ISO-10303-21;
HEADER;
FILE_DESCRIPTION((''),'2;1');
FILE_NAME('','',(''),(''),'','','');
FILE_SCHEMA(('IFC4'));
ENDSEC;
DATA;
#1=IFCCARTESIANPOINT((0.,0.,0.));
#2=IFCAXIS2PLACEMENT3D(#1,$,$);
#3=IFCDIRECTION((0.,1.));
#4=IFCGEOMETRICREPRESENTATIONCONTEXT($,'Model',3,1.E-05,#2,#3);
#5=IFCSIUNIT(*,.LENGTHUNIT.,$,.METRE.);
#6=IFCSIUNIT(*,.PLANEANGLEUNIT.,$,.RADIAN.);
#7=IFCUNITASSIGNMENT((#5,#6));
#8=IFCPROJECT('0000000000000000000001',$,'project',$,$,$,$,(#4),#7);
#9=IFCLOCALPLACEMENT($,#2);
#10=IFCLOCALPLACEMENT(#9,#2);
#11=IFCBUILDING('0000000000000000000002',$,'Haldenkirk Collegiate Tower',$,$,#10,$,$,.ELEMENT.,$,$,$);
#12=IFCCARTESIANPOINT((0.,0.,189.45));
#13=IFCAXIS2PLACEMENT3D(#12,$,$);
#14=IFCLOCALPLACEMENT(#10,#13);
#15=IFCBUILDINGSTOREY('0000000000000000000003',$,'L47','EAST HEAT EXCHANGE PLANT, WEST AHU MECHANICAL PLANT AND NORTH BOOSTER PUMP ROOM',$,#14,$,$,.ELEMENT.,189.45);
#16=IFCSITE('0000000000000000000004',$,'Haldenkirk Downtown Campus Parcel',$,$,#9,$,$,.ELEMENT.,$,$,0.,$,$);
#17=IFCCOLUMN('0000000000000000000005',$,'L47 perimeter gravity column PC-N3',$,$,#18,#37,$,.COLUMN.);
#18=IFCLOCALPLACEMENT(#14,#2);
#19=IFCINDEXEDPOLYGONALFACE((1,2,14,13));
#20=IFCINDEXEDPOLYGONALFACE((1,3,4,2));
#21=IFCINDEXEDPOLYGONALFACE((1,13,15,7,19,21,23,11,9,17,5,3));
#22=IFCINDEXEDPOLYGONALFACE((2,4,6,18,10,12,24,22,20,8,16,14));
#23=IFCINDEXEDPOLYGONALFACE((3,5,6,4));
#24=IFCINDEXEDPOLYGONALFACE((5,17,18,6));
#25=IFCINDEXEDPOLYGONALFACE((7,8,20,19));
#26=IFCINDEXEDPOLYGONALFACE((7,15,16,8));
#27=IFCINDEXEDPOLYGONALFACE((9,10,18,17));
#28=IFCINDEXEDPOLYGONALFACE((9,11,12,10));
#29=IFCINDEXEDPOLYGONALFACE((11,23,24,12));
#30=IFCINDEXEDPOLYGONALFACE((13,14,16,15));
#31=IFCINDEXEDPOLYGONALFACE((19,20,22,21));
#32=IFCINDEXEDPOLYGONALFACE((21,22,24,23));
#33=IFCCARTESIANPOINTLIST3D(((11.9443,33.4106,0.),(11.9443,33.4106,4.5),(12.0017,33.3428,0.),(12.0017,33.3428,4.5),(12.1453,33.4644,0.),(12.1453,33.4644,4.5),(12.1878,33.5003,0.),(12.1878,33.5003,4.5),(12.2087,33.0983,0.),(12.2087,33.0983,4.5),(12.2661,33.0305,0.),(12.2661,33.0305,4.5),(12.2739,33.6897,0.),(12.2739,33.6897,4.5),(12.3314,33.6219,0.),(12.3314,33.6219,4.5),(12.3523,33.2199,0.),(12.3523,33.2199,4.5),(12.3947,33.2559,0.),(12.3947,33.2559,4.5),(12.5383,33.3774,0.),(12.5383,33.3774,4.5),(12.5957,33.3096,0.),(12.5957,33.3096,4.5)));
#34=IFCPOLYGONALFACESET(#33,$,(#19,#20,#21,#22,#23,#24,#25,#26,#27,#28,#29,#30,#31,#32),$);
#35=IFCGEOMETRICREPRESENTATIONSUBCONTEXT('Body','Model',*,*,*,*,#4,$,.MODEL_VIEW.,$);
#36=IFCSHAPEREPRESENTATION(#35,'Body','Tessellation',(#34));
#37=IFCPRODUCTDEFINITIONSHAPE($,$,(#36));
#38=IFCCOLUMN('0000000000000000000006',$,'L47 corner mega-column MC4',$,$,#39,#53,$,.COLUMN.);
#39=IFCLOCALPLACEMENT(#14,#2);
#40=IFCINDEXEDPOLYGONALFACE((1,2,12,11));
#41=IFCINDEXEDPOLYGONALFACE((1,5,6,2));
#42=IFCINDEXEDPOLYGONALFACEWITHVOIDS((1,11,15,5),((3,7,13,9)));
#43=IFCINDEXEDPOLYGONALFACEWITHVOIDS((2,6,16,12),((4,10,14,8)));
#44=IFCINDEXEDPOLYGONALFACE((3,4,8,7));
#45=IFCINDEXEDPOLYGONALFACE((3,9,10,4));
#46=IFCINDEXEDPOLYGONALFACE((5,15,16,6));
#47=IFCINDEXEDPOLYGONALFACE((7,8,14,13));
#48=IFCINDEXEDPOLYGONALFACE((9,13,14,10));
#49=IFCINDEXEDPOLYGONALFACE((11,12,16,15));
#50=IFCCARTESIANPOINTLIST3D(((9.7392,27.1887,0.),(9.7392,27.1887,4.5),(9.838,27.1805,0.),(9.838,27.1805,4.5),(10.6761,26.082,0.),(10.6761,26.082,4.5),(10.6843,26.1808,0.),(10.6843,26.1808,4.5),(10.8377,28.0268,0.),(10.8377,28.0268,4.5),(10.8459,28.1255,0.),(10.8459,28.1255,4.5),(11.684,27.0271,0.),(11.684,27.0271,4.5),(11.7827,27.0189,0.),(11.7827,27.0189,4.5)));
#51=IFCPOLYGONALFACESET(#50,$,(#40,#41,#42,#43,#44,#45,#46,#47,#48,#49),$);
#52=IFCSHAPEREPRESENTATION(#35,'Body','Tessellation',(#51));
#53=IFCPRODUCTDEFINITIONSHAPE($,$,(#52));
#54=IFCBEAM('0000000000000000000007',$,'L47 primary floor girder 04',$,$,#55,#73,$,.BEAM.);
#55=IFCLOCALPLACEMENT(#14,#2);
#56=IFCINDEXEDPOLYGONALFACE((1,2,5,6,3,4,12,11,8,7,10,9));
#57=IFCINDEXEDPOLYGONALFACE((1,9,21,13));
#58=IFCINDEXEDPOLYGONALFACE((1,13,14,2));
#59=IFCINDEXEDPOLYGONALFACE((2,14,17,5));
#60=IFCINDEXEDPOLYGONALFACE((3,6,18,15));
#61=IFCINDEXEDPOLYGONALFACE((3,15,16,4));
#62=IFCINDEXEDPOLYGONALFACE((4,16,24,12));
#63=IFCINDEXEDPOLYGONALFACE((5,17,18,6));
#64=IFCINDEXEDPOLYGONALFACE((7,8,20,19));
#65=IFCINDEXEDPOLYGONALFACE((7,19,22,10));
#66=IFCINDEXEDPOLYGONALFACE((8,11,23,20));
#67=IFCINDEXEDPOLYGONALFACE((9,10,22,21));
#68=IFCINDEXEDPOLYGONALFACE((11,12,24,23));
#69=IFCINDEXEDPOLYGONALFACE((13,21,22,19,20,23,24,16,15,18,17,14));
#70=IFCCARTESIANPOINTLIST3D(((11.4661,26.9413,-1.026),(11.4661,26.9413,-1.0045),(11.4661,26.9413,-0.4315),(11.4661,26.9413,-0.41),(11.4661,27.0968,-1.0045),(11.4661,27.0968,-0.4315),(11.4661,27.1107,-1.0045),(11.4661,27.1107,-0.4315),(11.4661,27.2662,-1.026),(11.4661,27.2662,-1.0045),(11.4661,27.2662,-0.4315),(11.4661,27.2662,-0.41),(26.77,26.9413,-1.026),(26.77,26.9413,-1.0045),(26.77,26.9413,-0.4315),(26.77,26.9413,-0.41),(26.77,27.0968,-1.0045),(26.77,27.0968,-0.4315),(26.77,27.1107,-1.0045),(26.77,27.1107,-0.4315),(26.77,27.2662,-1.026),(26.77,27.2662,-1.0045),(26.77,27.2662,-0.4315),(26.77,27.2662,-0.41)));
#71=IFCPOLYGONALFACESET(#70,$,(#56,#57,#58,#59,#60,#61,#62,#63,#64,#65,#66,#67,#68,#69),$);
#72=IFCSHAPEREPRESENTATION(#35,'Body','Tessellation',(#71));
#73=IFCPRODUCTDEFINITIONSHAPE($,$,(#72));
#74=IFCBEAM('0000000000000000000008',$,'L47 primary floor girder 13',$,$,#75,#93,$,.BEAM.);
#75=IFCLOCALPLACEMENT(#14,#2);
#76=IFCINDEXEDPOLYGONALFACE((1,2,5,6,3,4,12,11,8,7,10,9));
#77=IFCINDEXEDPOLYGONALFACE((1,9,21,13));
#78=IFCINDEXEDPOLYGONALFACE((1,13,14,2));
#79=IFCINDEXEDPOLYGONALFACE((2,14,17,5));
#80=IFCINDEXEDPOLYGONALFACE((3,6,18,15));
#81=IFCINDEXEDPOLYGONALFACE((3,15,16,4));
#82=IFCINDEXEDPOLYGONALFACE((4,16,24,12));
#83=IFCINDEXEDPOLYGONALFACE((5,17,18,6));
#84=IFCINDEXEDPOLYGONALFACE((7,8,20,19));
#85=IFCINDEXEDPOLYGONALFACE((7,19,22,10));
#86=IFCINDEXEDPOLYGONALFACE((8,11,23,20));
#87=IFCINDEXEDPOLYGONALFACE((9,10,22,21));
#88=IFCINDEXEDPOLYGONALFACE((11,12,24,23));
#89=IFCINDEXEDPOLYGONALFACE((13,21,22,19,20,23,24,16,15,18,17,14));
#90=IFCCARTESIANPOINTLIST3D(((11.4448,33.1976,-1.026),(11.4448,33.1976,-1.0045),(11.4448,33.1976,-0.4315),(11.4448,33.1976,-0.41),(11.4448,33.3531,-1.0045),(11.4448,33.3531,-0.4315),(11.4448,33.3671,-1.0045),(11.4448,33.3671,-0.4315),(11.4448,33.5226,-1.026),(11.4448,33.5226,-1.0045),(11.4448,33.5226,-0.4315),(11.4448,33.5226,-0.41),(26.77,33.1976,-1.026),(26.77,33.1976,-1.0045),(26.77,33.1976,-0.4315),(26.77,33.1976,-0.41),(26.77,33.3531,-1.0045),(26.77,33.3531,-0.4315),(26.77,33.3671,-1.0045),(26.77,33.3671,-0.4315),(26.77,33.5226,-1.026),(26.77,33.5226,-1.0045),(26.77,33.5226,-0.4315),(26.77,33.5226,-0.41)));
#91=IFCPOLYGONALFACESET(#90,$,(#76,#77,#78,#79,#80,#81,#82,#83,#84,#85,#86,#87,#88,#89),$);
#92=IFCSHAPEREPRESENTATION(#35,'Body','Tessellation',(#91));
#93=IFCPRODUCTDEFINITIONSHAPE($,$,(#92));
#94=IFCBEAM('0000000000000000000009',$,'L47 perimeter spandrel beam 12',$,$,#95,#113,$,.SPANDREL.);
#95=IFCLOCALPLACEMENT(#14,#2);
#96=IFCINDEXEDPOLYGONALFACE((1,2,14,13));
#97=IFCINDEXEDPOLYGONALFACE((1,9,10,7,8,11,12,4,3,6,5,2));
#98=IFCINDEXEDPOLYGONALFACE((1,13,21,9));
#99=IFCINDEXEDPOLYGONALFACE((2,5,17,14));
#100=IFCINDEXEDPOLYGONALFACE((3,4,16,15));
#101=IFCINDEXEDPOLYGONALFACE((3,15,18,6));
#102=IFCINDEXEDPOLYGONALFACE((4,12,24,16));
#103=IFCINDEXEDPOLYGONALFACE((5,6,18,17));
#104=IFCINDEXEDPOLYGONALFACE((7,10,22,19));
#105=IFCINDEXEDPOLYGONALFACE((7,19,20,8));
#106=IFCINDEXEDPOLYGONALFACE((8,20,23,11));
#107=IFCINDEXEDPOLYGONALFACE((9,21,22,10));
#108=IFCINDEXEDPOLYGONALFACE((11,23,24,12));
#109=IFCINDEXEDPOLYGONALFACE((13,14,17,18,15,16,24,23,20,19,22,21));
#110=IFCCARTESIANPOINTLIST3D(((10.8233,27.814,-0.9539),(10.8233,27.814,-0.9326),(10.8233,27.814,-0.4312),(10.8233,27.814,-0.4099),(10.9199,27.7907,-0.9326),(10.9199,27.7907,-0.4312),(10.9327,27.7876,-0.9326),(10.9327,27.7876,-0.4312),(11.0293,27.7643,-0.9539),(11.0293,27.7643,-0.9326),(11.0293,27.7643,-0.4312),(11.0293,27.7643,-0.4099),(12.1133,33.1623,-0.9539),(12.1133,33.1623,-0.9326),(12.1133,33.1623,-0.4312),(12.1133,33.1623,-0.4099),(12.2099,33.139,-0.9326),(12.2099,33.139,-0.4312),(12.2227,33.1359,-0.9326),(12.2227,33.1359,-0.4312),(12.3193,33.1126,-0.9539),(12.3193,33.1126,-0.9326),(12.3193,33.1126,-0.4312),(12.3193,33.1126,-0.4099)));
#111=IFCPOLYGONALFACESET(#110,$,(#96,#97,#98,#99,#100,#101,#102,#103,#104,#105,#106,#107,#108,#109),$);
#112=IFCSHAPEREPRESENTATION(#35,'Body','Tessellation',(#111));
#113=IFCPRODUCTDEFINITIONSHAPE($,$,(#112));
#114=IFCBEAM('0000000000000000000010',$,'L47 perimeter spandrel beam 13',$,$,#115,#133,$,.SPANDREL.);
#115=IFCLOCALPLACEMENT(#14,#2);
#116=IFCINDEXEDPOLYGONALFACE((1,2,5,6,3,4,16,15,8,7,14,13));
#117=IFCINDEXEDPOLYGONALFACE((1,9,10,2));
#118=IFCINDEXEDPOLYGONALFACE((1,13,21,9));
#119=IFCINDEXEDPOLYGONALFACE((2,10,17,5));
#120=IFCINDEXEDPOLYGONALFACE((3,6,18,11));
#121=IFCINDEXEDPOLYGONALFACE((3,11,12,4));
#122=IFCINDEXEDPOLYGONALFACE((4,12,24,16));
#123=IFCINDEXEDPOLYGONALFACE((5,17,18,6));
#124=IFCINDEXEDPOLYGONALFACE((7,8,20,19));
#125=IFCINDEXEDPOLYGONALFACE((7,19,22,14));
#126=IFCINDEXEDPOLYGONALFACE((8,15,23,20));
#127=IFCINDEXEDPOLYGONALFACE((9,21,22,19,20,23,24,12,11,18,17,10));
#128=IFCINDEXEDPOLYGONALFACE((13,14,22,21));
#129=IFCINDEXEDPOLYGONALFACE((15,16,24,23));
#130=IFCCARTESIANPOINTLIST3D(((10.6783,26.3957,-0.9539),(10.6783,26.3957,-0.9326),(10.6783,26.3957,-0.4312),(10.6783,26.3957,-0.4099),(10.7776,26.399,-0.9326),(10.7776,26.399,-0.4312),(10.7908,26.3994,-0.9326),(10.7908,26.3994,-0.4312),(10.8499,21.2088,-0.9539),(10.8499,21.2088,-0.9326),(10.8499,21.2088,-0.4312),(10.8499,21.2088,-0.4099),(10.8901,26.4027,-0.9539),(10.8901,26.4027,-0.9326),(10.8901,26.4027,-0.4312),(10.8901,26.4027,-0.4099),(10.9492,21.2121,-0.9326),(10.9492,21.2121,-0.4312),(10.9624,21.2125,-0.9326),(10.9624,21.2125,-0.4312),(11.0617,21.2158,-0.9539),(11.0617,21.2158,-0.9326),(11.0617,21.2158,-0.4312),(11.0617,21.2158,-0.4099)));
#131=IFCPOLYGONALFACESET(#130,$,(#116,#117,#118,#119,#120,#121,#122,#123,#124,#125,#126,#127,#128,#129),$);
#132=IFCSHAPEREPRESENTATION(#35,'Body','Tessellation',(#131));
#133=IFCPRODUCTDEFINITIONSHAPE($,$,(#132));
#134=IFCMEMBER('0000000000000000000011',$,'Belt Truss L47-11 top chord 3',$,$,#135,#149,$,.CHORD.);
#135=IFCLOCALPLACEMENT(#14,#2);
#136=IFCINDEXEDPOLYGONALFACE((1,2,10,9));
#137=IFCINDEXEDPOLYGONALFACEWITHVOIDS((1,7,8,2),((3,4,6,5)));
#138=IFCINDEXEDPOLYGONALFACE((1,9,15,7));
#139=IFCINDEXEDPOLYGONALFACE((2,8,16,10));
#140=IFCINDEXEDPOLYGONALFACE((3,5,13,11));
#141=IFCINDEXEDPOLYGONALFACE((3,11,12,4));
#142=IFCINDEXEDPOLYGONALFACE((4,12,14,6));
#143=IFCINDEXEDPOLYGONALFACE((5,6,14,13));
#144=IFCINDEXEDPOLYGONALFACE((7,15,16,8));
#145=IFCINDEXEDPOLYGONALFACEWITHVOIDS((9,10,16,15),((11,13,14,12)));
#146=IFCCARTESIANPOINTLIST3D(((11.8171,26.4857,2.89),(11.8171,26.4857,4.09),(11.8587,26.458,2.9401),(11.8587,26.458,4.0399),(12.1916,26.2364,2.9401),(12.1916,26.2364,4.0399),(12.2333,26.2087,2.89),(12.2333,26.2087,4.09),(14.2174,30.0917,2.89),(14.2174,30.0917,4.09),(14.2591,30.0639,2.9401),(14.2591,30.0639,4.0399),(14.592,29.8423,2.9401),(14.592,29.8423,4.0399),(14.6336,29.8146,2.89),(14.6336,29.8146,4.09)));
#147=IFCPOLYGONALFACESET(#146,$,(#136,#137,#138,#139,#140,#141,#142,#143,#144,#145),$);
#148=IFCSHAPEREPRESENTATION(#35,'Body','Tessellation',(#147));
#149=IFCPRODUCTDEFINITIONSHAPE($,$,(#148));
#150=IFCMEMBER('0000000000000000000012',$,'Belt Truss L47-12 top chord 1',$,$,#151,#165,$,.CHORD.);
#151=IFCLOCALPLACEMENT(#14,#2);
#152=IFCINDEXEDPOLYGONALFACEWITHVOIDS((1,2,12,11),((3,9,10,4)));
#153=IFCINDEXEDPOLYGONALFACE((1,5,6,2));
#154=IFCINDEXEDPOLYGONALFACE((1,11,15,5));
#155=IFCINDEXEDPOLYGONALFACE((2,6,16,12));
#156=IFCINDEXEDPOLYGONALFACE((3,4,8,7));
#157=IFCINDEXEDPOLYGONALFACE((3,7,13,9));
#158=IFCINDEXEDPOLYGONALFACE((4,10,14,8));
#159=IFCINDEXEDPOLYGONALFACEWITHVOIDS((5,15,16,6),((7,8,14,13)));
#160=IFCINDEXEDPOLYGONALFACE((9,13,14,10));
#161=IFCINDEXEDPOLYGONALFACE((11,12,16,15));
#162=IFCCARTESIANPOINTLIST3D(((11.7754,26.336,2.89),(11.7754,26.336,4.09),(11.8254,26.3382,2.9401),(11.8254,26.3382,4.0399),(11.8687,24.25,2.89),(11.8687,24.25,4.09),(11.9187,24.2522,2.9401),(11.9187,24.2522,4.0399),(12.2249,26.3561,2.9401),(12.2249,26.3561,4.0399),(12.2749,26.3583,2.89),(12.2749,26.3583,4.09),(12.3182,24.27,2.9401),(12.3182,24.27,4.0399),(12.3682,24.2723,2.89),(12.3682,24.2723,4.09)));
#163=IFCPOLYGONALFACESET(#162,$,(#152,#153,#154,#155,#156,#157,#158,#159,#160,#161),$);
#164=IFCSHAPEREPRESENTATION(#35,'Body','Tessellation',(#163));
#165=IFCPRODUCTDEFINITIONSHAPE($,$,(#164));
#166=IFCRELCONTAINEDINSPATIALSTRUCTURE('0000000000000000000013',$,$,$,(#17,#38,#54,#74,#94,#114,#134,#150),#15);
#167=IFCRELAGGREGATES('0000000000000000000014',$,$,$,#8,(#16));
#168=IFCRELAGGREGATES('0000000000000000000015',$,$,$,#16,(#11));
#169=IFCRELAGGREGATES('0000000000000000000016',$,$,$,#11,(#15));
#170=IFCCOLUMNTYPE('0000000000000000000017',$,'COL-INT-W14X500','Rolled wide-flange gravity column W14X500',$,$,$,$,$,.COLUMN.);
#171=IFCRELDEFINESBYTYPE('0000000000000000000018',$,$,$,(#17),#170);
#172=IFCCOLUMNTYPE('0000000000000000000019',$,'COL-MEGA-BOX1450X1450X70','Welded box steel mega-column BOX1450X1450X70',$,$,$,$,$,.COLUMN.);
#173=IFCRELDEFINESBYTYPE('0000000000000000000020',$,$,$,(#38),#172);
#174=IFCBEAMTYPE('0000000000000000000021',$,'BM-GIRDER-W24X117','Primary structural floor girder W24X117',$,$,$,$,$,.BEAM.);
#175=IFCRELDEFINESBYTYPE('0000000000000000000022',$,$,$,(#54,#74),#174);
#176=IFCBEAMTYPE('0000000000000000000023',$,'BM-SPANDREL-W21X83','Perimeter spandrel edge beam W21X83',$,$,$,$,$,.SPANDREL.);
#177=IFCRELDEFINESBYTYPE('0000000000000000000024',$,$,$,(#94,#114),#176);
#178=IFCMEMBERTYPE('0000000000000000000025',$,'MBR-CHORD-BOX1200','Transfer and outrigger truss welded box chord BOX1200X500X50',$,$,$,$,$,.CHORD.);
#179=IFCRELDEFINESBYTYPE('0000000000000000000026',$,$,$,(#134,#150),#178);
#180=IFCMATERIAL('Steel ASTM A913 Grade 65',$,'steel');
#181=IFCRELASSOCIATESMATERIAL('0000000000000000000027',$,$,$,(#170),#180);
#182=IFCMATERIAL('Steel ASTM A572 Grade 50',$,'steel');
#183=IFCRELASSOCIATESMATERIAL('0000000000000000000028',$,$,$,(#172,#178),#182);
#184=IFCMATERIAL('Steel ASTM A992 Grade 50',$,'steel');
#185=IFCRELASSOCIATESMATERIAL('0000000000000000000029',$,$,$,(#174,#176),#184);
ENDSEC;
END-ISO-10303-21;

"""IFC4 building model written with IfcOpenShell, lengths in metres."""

from ifc_helpers import new_model, si_unit, direction, frame, origin, origin_2d, place, context, subcontext, project, spatial, hollow_rectangle, i_section, extrude, material, material_profile, profile_set, type_object, element, save


model = new_model("IFC4")

# Units and contexts
model_context = context("Model", 3, precision=1e-05, world=origin(), true_north=direction((0.0, 1.0)))
body_context = subcontext(model_context, "Body", "Model", "MODEL_VIEW")
ifc_project = project(units=[si_unit("LENGTHUNIT", "METRE"), si_unit("PLANEANGLEUNIT", "RADIAN")], contexts=[model_context])

# Site, building, storey
site_placement = place(None, origin())
site = spatial("IfcSite", under=ifc_project, at=site_placement, Name="Haldenkirk Downtown Campus Parcel", CompositionType="ELEMENT", RefElevation=0.0)
building_placement = place(site_placement, origin())
building = spatial("IfcBuilding", under=site, at=building_placement, Name="Haldenkirk Collegiate Tower", CompositionType="ELEMENT")
storey_placement = place(building_placement, frame((0.0, 0.0, 189.45)))
storey = spatial("IfcBuildingStorey", under=building, at=storey_placement, Name="L47", Description="EAST HEAT EXCHANGE PLANT, WEST AHU MECHANICAL PLANT AND NORTH BOOSTER PUMP ROOM", CompositionType="ELEMENT", Elevation=189.45)

# Columns
ifc_material_1 = material(Name="Steel ASTM A913 Grade 65", Category="steel")
ifc_material_profile_1 = material_profile(ifc_material_1, i_section(OverallWidth=0.4319, OverallDepth=0.498, WebThickness=0.0557, FlangeThickness=0.0889, at=origin_2d()), Name="W14X500")
ifc_profile_set_1 = profile_set([ifc_material_profile_1], Name="Steel ASTM A913 Grade 65")
column_type_1 = type_object("IfcColumnType", Name="COL-INT-W14X500", Description="Rolled wide-flange gravity column W14X500", PredefinedType="COLUMN", material=ifc_profile_set_1)
column_1_placement = place(storey_placement, frame((12.27, 33.3601, 0.0), z_axis=(0.0, 0.0, 1.0), x_axis=(0.763232, 0.646124, 0.0)))
element("IfcColumn", 1, at=column_1_placement, inside=storey, type_object=column_type_1, Name="L47 perimeter gravity column PC-N3", PredefinedType="COLUMN", context=body_context, shape_type="SweptSolid", body=[
    extrude(i_section(OverallWidth=0.4319, OverallDepth=0.498, WebThickness=0.0557, FlangeThickness=0.0889, at=origin_2d()), origin(), (0.0, 0.0, 1.0), 4.5),
])
ifc_material_2 = material(Name="Steel ASTM A572 Grade 50", Category="steel")
ifc_material_profile_2 = material_profile(ifc_material_2, hollow_rectangle(XDim=1.45, YDim=1.45, WallThickness=0.0701, at=origin_2d()), Name="BOX1450X1450X70")
ifc_profile_set_2 = profile_set([ifc_material_profile_2], Name="Steel ASTM A572 Grade 50")
column_type_2 = type_object("IfcColumnType", Name="COL-MEGA-BOX1450X1450X70", Description="Welded box steel mega-column BOX1450X1450X70", PredefinedType="COLUMN", material=ifc_profile_set_2)
column_2_placement = place(storey_placement, frame((10.761, 27.1038, 0.0), z_axis=(0.0, 0.0, 1.0), x_axis=(0.763232, 0.646124, 0.0)))
element("IfcColumn", 2, at=column_2_placement, inside=storey, type_object=column_type_2, Name="L47 corner mega-column MC4", PredefinedType="COLUMN", context=body_context, shape_type="SweptSolid", body=[
    extrude(hollow_rectangle(XDim=1.45, YDim=1.45, WallThickness=0.0701, at=origin_2d()), origin(), (0.0, 0.0, 1.0), 4.5),
])

# Beams
ifc_material_3 = material(Name="Steel ASTM A992 Grade 50", Category="steel")
ifc_material_profile_3 = material_profile(ifc_material_3, i_section(OverallWidth=0.325, OverallDepth=0.616, WebThickness=0.0139, FlangeThickness=0.0215, at=origin_2d()), Name="W24X117")
ifc_profile_set_3 = profile_set([ifc_material_profile_3], Name="Steel ASTM A992 Grade 50")
beam_type_1 = type_object("IfcBeamType", Name="BM-GIRDER-W24X117", Description="Primary structural floor girder W24X117", PredefinedType="BEAM", material=ifc_profile_set_3)
beam_1_placement = place(storey_placement, frame((11.4661, 27.1038, -0.718), z_axis=(1.0, 0.0, 0.0), x_axis=(0.0, 1.0, 0.0)))
element("IfcBeam", 3, at=beam_1_placement, inside=storey, type_object=beam_type_1, Name="L47 primary floor girder 04", PredefinedType="BEAM", context=body_context, shape_type="SweptSolid", body=[
    extrude(i_section(OverallWidth=0.325, OverallDepth=0.616, WebThickness=0.0139, FlangeThickness=0.0215, at=origin_2d()), origin(), (0.0, 0.0, 1.0), 15.304),
])
beam_2_placement = place(storey_placement, frame((11.4448, 33.3601, -0.718), z_axis=(1.0, 0.0, 0.0), x_axis=(0.0, 1.0, 0.0)))
element("IfcBeam", 4, at=beam_2_placement, inside=storey, type_object=beam_type_1, Name="L47 primary floor girder 13", PredefinedType="BEAM", context=body_context, shape_type="SweptSolid", body=[
    extrude(i_section(OverallWidth=0.325, OverallDepth=0.616, WebThickness=0.0139, FlangeThickness=0.0215, at=origin_2d()), origin(), (0.0, 0.0, 1.0), 15.3252),
])
ifc_material_profile_4 = material_profile(ifc_material_3, i_section(OverallWidth=0.2119, OverallDepth=0.5439, WebThickness=0.0132, FlangeThickness=0.0212, at=origin_2d()), Name="W21X83")
ifc_profile_set_4 = profile_set([ifc_material_profile_4], Name="Steel ASTM A992 Grade 50")
beam_type_2 = type_object("IfcBeamType", Name="BM-SPANDREL-W21X83", Description="Perimeter spandrel edge beam W21X83", PredefinedType="SPANDREL", material=ifc_profile_set_4)
beam_3_placement = place(storey_placement, frame((12.2163, 33.1375, -0.6819), z_axis=(-0.234477, -0.972122, 0.0), x_axis=(0.972122, -0.234477, 0.0)))
element("IfcBeam", 5, at=beam_3_placement, inside=storey, type_object=beam_type_2, Name="L47 perimeter spandrel beam 12", PredefinedType="SPANDREL", context=body_context, shape_type="SweptSolid", body=[
    extrude(i_section(OverallWidth=0.2119, OverallDepth=0.5439, WebThickness=0.0132, FlangeThickness=0.0212, at=origin_2d()), origin(), (0.0, 0.0, 1.0), 5.5017),
])
beam_4_placement = place(storey_placement, frame((10.7842, 26.3992, -0.6819), z_axis=(0.033072, -0.999453, 0.0), x_axis=(0.999453, 0.033072, 0.0)))
element("IfcBeam", 6, at=beam_4_placement, inside=storey, type_object=beam_type_2, Name="L47 perimeter spandrel beam 13", PredefinedType="SPANDREL", context=body_context, shape_type="SweptSolid", body=[
    extrude(i_section(OverallWidth=0.2119, OverallDepth=0.5439, WebThickness=0.0132, FlangeThickness=0.0212, at=origin_2d()), origin(), (0.0, 0.0, 1.0), 5.1897),
])

# Members
ifc_material_profile_5 = material_profile(ifc_material_2, hollow_rectangle(XDim=0.5, YDim=1.2, WallThickness=0.05, at=origin_2d()), Name="BOX1200X500X50")
ifc_profile_set_5 = profile_set([ifc_material_profile_5], Name="Steel ASTM A572 Grade 50")
member_type_1 = type_object("IfcMemberType", Name="MBR-CHORD-BOX1200", Description="Transfer and outrigger truss welded box chord BOX1200X500X50", PredefinedType="CHORD", material=ifc_profile_set_5)
member_1_placement = place(storey_placement, frame((14.4255, 29.9531, 3.49), z_axis=(-0.554128, -0.832432, 0.0), x_axis=(0.832432, -0.554128, 0.0)))
element("IfcMember", 7, at=member_1_placement, inside=storey, type_object=member_type_1, Name="Belt Truss L47-11 top chord 3", PredefinedType="CHORD", context=body_context, shape_type="SweptSolid", body=[
    extrude(hollow_rectangle(XDim=0.5, YDim=1.2, WallThickness=0.05, at=origin_2d()), origin(), (0.0, 0.0, 1.0), 4.3318),
])
member_2_placement = place(storey_placement, frame((12.0251, 26.3472, 3.49), z_axis=(0.044665, -0.999002, 0.0), x_axis=(0.999002, 0.044665, 0.0)))
element("IfcMember", 8, at=member_2_placement, inside=storey, type_object=member_type_1, Name="Belt Truss L47-12 top chord 1", PredefinedType="CHORD", context=body_context, shape_type="SweptSolid", body=[
    extrude(hollow_rectangle(XDim=0.5, YDim=1.2, WallThickness=0.05, at=origin_2d()), origin(), (0.0, 0.0, 1.0), 2.0881),
])

save(model, "model.ifc")
